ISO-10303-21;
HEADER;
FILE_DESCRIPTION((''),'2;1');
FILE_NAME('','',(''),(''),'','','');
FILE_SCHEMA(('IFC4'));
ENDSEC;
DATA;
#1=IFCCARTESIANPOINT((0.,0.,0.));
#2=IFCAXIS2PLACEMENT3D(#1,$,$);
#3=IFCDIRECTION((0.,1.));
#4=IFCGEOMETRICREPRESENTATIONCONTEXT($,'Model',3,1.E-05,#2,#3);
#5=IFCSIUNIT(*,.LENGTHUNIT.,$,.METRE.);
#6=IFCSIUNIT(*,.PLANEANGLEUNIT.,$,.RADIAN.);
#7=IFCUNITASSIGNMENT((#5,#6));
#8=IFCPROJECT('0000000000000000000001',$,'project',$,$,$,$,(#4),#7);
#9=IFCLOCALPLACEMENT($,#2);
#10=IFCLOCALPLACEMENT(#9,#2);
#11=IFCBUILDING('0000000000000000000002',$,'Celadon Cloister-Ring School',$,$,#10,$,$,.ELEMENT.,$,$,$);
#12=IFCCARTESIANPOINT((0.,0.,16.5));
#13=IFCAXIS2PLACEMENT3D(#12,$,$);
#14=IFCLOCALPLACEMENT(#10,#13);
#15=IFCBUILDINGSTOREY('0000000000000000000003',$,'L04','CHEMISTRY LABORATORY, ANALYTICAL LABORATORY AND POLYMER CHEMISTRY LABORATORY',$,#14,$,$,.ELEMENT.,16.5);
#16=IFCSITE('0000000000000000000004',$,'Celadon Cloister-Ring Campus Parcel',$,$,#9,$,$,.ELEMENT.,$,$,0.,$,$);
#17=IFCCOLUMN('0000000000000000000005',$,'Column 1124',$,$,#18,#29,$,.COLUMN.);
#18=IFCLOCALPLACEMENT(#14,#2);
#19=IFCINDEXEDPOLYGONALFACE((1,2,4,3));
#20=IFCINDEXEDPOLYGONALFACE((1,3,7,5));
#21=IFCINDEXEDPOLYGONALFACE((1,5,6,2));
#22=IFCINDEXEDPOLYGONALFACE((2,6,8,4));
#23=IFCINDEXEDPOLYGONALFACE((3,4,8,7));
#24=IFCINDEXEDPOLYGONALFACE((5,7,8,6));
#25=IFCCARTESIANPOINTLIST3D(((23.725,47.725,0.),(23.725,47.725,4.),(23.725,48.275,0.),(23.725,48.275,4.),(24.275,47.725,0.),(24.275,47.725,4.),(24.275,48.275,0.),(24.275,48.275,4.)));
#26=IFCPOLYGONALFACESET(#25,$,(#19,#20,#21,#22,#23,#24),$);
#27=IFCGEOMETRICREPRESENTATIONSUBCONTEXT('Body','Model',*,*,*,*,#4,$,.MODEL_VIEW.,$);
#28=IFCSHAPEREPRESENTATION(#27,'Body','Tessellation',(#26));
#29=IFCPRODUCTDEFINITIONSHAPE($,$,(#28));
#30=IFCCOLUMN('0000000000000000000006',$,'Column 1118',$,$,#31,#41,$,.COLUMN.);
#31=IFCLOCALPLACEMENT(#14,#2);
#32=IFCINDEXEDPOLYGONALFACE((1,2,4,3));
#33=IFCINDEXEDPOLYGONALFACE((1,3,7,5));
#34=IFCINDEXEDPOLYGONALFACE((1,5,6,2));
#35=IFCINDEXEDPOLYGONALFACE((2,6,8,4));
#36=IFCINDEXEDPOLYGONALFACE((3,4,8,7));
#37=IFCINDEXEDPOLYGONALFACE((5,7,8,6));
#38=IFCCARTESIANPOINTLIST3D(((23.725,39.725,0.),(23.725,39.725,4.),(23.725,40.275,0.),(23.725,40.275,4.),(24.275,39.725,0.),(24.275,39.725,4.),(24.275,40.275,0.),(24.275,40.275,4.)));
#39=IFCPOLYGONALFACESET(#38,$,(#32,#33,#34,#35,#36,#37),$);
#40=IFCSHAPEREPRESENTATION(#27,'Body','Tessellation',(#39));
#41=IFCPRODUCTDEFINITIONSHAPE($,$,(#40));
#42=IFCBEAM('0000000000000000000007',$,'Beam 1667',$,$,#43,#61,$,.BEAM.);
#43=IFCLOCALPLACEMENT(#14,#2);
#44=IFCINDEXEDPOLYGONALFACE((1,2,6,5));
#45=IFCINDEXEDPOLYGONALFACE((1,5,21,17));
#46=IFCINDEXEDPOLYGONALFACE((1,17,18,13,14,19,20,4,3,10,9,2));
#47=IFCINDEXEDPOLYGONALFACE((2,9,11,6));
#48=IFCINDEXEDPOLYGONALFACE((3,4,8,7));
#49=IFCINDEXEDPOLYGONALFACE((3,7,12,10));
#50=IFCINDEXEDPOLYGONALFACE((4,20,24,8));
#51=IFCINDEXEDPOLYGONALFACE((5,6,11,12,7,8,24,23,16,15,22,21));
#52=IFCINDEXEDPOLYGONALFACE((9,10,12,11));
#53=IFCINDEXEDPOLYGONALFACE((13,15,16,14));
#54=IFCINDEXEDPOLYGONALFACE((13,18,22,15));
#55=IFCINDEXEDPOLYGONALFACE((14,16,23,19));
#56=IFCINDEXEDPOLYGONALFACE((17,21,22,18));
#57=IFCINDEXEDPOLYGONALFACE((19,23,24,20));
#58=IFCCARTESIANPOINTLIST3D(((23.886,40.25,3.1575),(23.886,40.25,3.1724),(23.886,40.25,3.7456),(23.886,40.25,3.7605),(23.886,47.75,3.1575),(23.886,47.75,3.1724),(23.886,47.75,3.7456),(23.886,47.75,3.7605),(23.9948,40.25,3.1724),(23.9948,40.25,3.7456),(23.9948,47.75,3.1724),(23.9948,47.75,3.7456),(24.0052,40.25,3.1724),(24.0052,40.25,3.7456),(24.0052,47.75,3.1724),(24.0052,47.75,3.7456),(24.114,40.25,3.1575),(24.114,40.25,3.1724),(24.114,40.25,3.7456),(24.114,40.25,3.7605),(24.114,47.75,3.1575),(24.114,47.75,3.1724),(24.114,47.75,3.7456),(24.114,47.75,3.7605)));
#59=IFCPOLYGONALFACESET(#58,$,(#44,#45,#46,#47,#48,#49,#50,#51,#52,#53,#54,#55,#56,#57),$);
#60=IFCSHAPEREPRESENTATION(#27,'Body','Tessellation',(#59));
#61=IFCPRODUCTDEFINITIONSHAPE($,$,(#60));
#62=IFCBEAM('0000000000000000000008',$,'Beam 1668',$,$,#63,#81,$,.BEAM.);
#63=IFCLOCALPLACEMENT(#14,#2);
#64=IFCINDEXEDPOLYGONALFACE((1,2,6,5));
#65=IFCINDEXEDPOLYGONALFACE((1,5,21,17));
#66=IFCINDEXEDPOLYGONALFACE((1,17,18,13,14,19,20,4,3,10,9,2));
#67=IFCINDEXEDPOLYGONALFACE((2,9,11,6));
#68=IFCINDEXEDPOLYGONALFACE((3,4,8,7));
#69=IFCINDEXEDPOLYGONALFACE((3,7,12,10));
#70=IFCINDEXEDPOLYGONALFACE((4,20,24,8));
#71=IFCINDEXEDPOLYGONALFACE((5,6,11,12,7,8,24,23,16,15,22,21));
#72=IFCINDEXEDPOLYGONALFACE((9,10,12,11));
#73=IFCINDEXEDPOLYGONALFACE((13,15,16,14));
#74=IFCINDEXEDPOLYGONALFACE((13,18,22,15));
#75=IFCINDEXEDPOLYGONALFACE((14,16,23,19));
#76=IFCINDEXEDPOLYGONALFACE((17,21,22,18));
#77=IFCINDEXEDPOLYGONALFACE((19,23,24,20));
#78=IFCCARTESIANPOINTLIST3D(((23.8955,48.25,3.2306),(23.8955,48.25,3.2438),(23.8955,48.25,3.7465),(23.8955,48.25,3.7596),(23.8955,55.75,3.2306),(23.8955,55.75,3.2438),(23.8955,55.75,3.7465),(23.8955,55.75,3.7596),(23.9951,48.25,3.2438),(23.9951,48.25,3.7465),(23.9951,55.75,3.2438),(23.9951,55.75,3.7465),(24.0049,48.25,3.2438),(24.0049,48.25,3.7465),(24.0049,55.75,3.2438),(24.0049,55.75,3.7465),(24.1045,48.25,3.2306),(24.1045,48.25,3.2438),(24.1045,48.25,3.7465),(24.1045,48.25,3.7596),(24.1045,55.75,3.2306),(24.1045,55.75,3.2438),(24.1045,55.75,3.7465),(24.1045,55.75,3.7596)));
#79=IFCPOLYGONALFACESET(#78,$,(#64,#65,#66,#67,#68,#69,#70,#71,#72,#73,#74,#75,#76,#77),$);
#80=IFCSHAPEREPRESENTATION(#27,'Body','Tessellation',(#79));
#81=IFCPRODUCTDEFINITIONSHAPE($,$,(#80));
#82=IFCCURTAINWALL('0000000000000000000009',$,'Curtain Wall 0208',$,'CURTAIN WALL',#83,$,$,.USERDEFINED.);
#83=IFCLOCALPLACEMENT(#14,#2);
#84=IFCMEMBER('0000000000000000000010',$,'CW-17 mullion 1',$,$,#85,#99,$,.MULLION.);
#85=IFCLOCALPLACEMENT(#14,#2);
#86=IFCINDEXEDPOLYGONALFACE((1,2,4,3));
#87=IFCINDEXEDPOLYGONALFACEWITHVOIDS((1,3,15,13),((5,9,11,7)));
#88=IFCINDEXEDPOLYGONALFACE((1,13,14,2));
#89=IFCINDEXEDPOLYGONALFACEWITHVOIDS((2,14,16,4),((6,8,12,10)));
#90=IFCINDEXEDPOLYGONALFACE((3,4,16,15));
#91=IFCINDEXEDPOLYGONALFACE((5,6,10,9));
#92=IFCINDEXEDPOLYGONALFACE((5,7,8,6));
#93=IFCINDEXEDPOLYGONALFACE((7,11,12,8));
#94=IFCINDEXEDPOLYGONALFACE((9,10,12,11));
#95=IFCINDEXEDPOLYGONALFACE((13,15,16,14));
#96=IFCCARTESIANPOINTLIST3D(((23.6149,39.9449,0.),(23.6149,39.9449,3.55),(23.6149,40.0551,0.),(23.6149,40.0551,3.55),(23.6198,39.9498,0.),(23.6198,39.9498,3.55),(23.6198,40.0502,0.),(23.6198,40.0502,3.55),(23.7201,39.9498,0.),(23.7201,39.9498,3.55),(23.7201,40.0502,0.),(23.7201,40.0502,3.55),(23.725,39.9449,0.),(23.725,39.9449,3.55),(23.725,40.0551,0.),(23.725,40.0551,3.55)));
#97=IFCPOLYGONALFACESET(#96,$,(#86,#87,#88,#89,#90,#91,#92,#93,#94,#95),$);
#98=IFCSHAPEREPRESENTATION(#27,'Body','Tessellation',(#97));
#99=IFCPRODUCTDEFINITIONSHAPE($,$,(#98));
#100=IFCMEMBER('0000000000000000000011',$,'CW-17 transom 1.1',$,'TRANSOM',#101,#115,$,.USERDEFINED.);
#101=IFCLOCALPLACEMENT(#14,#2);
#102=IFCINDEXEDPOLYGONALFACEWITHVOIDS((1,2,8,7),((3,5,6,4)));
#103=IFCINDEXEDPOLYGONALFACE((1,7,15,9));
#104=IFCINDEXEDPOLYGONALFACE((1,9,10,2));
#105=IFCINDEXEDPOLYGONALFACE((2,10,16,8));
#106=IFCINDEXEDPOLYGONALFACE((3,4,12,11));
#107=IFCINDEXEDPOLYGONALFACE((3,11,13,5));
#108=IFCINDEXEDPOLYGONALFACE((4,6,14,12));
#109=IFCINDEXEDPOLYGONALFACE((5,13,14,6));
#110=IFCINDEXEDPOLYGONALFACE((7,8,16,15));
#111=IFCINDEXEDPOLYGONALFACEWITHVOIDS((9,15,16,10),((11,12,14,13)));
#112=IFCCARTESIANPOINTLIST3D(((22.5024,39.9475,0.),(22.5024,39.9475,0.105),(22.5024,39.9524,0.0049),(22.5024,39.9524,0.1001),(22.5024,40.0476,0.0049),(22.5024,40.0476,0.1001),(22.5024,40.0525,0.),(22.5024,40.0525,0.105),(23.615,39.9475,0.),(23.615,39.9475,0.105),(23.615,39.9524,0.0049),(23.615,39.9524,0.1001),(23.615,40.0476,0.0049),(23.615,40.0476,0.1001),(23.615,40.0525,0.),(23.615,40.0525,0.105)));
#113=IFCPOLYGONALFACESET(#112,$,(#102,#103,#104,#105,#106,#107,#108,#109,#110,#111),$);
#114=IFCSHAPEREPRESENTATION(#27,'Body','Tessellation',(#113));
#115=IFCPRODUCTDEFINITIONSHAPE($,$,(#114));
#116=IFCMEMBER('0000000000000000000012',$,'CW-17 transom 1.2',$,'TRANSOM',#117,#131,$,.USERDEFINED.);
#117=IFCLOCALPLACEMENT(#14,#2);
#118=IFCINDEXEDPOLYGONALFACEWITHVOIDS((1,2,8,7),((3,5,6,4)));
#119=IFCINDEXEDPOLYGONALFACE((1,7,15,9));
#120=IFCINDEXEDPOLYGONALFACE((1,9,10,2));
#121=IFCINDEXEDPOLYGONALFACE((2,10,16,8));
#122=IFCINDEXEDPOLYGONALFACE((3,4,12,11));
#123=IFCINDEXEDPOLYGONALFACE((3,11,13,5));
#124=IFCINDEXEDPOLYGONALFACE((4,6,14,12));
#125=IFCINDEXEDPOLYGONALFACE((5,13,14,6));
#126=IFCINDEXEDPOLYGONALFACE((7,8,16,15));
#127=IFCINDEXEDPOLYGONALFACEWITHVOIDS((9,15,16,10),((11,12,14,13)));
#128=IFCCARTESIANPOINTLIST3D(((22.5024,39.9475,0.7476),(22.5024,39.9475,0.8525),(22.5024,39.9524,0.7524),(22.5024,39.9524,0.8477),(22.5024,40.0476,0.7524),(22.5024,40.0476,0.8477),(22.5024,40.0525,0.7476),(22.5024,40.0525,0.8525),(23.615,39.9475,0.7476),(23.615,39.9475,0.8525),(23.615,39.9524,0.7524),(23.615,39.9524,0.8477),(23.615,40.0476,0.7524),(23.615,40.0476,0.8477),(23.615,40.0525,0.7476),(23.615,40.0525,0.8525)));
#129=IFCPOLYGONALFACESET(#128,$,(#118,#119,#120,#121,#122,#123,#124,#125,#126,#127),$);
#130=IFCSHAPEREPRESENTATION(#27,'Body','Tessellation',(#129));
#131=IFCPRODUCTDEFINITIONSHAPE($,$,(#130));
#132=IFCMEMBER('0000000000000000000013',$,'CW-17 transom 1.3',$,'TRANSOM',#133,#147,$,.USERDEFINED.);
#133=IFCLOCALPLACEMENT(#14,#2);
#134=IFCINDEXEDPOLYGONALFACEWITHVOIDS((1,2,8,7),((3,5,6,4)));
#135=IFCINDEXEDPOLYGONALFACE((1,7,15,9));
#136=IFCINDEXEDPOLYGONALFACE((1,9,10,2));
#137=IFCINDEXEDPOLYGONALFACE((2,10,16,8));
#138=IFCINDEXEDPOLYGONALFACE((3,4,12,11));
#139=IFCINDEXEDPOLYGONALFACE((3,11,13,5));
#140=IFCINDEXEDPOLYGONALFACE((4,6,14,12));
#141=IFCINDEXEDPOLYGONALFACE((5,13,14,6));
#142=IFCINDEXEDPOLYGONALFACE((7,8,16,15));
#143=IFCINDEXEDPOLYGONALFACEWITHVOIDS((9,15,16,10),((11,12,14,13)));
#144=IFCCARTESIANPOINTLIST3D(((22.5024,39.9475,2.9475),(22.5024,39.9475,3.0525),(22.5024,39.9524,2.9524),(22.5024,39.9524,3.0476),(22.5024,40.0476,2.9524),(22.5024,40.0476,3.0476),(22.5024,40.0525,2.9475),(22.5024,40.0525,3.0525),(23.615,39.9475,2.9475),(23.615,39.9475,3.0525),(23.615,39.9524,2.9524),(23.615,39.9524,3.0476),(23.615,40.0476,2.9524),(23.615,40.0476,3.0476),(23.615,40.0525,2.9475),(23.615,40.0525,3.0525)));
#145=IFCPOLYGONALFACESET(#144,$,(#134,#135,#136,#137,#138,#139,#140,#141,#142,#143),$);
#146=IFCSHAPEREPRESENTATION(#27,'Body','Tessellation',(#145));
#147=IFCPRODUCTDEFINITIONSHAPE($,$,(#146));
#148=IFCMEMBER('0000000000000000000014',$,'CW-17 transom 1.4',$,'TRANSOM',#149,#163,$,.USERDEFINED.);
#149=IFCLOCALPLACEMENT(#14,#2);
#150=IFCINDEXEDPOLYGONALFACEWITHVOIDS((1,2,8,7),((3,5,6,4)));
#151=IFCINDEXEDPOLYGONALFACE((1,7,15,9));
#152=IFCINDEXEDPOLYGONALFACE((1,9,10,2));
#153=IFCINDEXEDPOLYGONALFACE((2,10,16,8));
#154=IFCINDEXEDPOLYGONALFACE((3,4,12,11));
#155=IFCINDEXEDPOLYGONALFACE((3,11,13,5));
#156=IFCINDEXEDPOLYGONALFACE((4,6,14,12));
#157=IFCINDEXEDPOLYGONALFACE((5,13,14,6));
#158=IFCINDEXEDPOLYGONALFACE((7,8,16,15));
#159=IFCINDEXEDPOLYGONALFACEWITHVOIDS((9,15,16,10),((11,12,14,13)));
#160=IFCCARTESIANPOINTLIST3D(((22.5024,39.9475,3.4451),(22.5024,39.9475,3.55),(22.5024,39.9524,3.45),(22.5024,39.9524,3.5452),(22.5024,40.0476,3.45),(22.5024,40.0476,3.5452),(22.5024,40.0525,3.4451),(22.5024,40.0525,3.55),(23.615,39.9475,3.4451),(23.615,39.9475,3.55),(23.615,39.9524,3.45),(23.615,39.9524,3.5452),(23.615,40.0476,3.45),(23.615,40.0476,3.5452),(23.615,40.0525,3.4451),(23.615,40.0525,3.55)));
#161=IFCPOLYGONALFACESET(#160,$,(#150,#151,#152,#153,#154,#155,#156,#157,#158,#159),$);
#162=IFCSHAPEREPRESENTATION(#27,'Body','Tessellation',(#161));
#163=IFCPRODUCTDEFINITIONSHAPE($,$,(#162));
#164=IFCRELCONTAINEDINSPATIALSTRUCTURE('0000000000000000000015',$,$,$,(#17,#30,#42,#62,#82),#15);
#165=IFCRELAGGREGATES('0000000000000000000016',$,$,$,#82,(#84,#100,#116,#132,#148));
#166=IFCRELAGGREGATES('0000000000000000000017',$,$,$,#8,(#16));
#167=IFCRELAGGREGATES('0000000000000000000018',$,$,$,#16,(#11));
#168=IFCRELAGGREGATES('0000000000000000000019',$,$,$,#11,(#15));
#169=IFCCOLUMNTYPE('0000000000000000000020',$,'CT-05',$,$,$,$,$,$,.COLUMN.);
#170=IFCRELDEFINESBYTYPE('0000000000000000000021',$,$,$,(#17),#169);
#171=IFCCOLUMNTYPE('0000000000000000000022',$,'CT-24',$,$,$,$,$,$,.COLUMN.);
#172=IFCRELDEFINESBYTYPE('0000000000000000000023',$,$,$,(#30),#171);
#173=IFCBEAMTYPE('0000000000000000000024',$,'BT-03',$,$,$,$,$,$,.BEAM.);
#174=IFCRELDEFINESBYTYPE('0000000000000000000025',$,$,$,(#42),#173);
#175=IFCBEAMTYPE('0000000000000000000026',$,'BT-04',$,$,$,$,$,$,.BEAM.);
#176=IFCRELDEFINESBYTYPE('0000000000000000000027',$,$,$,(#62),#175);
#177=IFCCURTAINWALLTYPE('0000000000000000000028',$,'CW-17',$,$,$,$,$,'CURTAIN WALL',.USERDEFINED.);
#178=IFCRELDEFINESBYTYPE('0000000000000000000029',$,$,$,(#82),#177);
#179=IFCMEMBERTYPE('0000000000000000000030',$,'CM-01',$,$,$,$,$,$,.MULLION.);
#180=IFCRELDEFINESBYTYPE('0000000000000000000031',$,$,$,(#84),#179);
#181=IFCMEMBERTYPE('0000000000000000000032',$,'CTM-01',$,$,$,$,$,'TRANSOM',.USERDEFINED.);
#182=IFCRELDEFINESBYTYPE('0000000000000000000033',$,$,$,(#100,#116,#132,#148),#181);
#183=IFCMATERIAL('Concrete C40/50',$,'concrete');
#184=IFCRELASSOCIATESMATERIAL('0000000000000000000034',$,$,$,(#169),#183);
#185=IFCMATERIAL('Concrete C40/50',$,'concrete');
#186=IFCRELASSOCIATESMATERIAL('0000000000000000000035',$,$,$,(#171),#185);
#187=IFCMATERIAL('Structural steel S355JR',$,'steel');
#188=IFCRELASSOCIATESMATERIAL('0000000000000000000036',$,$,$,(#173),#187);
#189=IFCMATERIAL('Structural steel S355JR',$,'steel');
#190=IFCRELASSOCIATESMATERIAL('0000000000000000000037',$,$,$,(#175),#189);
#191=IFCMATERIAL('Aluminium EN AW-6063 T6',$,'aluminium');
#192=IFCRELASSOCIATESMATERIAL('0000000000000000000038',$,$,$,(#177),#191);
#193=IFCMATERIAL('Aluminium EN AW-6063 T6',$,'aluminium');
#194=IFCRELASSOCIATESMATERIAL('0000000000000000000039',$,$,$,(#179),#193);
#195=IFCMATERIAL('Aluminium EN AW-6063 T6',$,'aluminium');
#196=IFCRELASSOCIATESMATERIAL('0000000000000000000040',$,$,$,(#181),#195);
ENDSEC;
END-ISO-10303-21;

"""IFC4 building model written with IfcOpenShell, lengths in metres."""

from ifc_helpers import new_model, si_unit, direction, frame, origin, origin_2d, place, context, subcontext, project, spatial, rectangle, hollow_rectangle, i_section, extrude, material, material_profile, profile_set, type_object, element, aggregate, save


model = new_model("IFC4")

# Units and contexts
model_context = context("Model", 3, precision=1e-05, world=origin(), true_north=direction((0.0, 1.0)))
body_context = subcontext(model_context, "Body", "Model", "MODEL_VIEW")
ifc_project = project(units=[si_unit("LENGTHUNIT", "METRE"), si_unit("PLANEANGLEUNIT", "RADIAN")], contexts=[model_context])

# Site, building, storey
site_placement = place(None, origin())
site = spatial("IfcSite", under=ifc_project, at=site_placement, Name="Celadon Cloister-Ring Campus Parcel", CompositionType="ELEMENT", RefElevation=0.0)
building_placement = place(site_placement, origin())
building = spatial("IfcBuilding", under=site, at=building_placement, Name="Celadon Cloister-Ring School", CompositionType="ELEMENT")
storey_placement = place(building_placement, frame((0.0, 0.0, 16.5)))
storey = spatial("IfcBuildingStorey", under=building, at=storey_placement, Name="L04", Description="CHEMISTRY LABORATORY, ANALYTICAL LABORATORY AND POLYMER CHEMISTRY LABORATORY", CompositionType="ELEMENT", Elevation=16.5)

# Columns
ifc_material_1 = material(Name="Concrete C40/50", Category="concrete")
ifc_material_profile_1 = material_profile(ifc_material_1, rectangle(XDim=0.55, YDim=0.55, at=origin_2d()), Name="RC550X550")
ifc_profile_set_1 = profile_set([ifc_material_profile_1], Name="Concrete C40/50")
column_type_1 = type_object("IfcColumnType", Name="CT-05", PredefinedType="COLUMN", material=ifc_profile_set_1)
column_1_placement = place(storey_placement, frame((24.0, 48.0, 0.0), z_axis=(0.0, 0.0, 1.0), x_axis=(1.0, 0.0, 0.0)))
element("IfcColumn", 1, at=column_1_placement, inside=storey, type_object=column_type_1, Name="Column 1124", PredefinedType="COLUMN", context=body_context, shape_type="SweptSolid", body=[
    extrude(rectangle(XDim=0.55, YDim=0.55, at=origin_2d()), origin(), (0.0, 0.0, 1.0), 4.0),
])
ifc_material_2 = material(Name="Concrete C40/50", Category="concrete")
ifc_material_profile_2 = material_profile(ifc_material_2, rectangle(XDim=0.55, YDim=0.55, at=origin_2d()), Name="RC550X550")
ifc_profile_set_2 = profile_set([ifc_material_profile_2], Name="Concrete C40/50")
column_type_2 = type_object("IfcColumnType", Name="CT-24", PredefinedType="COLUMN", material=ifc_profile_set_2)
column_2_placement = place(storey_placement, frame((24.0, 40.0, 0.0), z_axis=(0.0, 0.0, 1.0), x_axis=(1.0, 0.0, 0.0)))
element("IfcColumn", 2, at=column_2_placement, inside=storey, type_object=column_type_2, Name="Column 1118", PredefinedType="COLUMN", context=body_context, shape_type="SweptSolid", body=[
    extrude(rectangle(XDim=0.55, YDim=0.55, at=origin_2d()), origin(), (0.0, 0.0, 1.0), 4.0),
])

# Beams
ifc_material_3 = material(Name="Structural steel S355JR", Category="steel")
ifc_material_profile_3 = material_profile(ifc_material_3, i_section(OverallWidth=0.228, OverallDepth=0.603, WebThickness=0.0105, FlangeThickness=0.0149, at=origin_2d()), Name="W610X101")
ifc_profile_set_3 = profile_set([ifc_material_profile_3], Name="Structural steel S355JR")
beam_type_1 = type_object("IfcBeamType", Name="BT-03", PredefinedType="BEAM", material=ifc_profile_set_3)
beam_1_placement = place(storey_placement, frame((24.0, 40.25, 3.459), z_axis=(0.0, 1.0, 0.0), x_axis=(-1.0, 0.0, 0.0)))
element("IfcBeam", 3, at=beam_1_placement, inside=storey, type_object=beam_type_1, Name="Beam 1667", PredefinedType="BEAM", context=body_context, shape_type="SweptSolid", body=[
    extrude(i_section(OverallWidth=0.228, OverallDepth=0.603, WebThickness=0.0105, FlangeThickness=0.0149, at=origin_2d()), origin(), (0.0, 0.0, 1.0), 7.5),
])
ifc_material_4 = material(Name="Structural steel S355JR", Category="steel")
ifc_material_profile_4 = material_profile(ifc_material_4, i_section(OverallWidth=0.209, OverallDepth=0.5291, WebThickness=0.0098, FlangeThickness=0.0132, at=origin_2d()), Name="W530X74")
ifc_profile_set_4 = profile_set([ifc_material_profile_4], Name="Structural steel S355JR")
beam_type_2 = type_object("IfcBeamType", Name="BT-04", PredefinedType="BEAM", material=ifc_profile_set_4)
beam_2_placement = place(storey_placement, frame((24.0, 48.25, 3.4951), z_axis=(0.0, 1.0, 0.0), x_axis=(-1.0, 0.0, 0.0)))
element("IfcBeam", 4, at=beam_2_placement, inside=storey, type_object=beam_type_2, Name="Beam 1668", PredefinedType="BEAM", context=body_context, shape_type="SweptSolid", body=[
    extrude(i_section(OverallWidth=0.209, OverallDepth=0.5291, WebThickness=0.0098, FlangeThickness=0.0132, at=origin_2d()), origin(), (0.0, 0.0, 1.0), 7.5),
])

# Curtain wall, members
ifc_material_5 = material(Name="Aluminium EN AW-6063 T6", Category="aluminium")
curtain_wall_type = type_object("IfcCurtainWallType", Name="CW-17", ElementType="CURTAIN WALL", PredefinedType="USERDEFINED", material=ifc_material_5)
curtain_wall_placement = place(storey_placement, origin())
curtain_wall = element("IfcCurtainWall", 5, at=curtain_wall_placement, inside=storey, type_object=curtain_wall_type, Name="Curtain Wall 0208", ObjectType="CURTAIN WALL", PredefinedType="USERDEFINED")
ifc_material_6 = material(Name="Aluminium EN AW-6063 T6", Category="aluminium")
ifc_material_profile_5 = material_profile(ifc_material_6, hollow_rectangle(XDim=0.1101, YDim=0.1101, WallThickness=0.0049, at=origin_2d()), Name="RHS110X110X5")
ifc_profile_set_5 = profile_set([ifc_material_profile_5], Name="Aluminium EN AW-6063 T6")
member_type_1 = type_object("IfcMemberType", Name="CM-01", PredefinedType="MULLION", material=ifc_profile_set_5)
member_1_placement = place(storey_placement, frame((23.6699, 40.0, 0.0), z_axis=(0.0, 0.0, 1.0), x_axis=(0.0, -1.0, 0.0)))
member_1 = element("IfcMember", 6, at=member_1_placement, type_object=member_type_1, Name="CW-17 mullion 1", PredefinedType="MULLION", context=body_context, shape_type="SweptSolid", body=[
    extrude(hollow_rectangle(XDim=0.1101, YDim=0.1101, WallThickness=0.0049, at=origin_2d()), origin(), (0.0, 0.0, 1.0), 3.55),
])
ifc_material_7 = material(Name="Aluminium EN AW-6063 T6", Category="aluminium")
ifc_material_profile_6 = material_profile(ifc_material_7, hollow_rectangle(XDim=0.105, YDim=0.105, WallThickness=0.0049, at=origin_2d()), Name="RHS105X105X5")
ifc_profile_set_6 = profile_set([ifc_material_profile_6], Name="Aluminium EN AW-6063 T6")
member_type_2 = type_object("IfcMemberType", Name="CTM-01", ElementType="TRANSOM", PredefinedType="USERDEFINED", material=ifc_profile_set_6)
member_2_placement = place(storey_placement, frame((23.615, 40.0, 0.0525), z_axis=(-1.0, 0.0, 0.0), x_axis=(0.0, -1.0, 0.0)))
member_2 = element("IfcMember", 7, at=member_2_placement, type_object=member_type_2, Name="CW-17 transom 1.1", ObjectType="TRANSOM", PredefinedType="USERDEFINED", context=body_context, shape_type="SweptSolid", body=[
    extrude(hollow_rectangle(XDim=0.105, YDim=0.105, WallThickness=0.0049, at=origin_2d()), origin(), (0.0, 0.0, 1.0), 1.1125),
])
member_3_placement = place(storey_placement, frame((23.615, 40.0, 0.8), z_axis=(-1.0, 0.0, 0.0), x_axis=(0.0, -1.0, 0.0)))
member_3 = element("IfcMember", 8, at=member_3_placement, type_object=member_type_2, Name="CW-17 transom 1.2", ObjectType="TRANSOM", PredefinedType="USERDEFINED", context=body_context, shape_type="SweptSolid", body=[
    extrude(hollow_rectangle(XDim=0.105, YDim=0.105, WallThickness=0.0049, at=origin_2d()), origin(), (0.0, 0.0, 1.0), 1.1125),
])
member_4_placement = place(storey_placement, frame((23.615, 40.0, 3.0), z_axis=(-1.0, 0.0, 0.0), x_axis=(0.0, -1.0, 0.0)))
member_4 = element("IfcMember", 9, at=member_4_placement, type_object=member_type_2, Name="CW-17 transom 1.3", ObjectType="TRANSOM", PredefinedType="USERDEFINED", context=body_context, shape_type="SweptSolid", body=[
    extrude(hollow_rectangle(XDim=0.105, YDim=0.105, WallThickness=0.0049, at=origin_2d()), origin(), (0.0, 0.0, 1.0), 1.1125),
])
member_5_placement = place(storey_placement, frame((23.615, 40.0, 3.4976), z_axis=(-1.0, 0.0, 0.0), x_axis=(0.0, -1.0, 0.0)))
member_5 = element("IfcMember", 10, at=member_5_placement, type_object=member_type_2, Name="CW-17 transom 1.4", ObjectType="TRANSOM", PredefinedType="USERDEFINED", context=body_context, shape_type="SweptSolid", body=[
    extrude(hollow_rectangle(XDim=0.105, YDim=0.105, WallThickness=0.0049, at=origin_2d()), origin(), (0.0, 0.0, 1.0), 1.1125),
])

aggregate(curtain_wall, [member_1, member_2, member_3, member_4, member_5])

save(model, "model.ifc")
